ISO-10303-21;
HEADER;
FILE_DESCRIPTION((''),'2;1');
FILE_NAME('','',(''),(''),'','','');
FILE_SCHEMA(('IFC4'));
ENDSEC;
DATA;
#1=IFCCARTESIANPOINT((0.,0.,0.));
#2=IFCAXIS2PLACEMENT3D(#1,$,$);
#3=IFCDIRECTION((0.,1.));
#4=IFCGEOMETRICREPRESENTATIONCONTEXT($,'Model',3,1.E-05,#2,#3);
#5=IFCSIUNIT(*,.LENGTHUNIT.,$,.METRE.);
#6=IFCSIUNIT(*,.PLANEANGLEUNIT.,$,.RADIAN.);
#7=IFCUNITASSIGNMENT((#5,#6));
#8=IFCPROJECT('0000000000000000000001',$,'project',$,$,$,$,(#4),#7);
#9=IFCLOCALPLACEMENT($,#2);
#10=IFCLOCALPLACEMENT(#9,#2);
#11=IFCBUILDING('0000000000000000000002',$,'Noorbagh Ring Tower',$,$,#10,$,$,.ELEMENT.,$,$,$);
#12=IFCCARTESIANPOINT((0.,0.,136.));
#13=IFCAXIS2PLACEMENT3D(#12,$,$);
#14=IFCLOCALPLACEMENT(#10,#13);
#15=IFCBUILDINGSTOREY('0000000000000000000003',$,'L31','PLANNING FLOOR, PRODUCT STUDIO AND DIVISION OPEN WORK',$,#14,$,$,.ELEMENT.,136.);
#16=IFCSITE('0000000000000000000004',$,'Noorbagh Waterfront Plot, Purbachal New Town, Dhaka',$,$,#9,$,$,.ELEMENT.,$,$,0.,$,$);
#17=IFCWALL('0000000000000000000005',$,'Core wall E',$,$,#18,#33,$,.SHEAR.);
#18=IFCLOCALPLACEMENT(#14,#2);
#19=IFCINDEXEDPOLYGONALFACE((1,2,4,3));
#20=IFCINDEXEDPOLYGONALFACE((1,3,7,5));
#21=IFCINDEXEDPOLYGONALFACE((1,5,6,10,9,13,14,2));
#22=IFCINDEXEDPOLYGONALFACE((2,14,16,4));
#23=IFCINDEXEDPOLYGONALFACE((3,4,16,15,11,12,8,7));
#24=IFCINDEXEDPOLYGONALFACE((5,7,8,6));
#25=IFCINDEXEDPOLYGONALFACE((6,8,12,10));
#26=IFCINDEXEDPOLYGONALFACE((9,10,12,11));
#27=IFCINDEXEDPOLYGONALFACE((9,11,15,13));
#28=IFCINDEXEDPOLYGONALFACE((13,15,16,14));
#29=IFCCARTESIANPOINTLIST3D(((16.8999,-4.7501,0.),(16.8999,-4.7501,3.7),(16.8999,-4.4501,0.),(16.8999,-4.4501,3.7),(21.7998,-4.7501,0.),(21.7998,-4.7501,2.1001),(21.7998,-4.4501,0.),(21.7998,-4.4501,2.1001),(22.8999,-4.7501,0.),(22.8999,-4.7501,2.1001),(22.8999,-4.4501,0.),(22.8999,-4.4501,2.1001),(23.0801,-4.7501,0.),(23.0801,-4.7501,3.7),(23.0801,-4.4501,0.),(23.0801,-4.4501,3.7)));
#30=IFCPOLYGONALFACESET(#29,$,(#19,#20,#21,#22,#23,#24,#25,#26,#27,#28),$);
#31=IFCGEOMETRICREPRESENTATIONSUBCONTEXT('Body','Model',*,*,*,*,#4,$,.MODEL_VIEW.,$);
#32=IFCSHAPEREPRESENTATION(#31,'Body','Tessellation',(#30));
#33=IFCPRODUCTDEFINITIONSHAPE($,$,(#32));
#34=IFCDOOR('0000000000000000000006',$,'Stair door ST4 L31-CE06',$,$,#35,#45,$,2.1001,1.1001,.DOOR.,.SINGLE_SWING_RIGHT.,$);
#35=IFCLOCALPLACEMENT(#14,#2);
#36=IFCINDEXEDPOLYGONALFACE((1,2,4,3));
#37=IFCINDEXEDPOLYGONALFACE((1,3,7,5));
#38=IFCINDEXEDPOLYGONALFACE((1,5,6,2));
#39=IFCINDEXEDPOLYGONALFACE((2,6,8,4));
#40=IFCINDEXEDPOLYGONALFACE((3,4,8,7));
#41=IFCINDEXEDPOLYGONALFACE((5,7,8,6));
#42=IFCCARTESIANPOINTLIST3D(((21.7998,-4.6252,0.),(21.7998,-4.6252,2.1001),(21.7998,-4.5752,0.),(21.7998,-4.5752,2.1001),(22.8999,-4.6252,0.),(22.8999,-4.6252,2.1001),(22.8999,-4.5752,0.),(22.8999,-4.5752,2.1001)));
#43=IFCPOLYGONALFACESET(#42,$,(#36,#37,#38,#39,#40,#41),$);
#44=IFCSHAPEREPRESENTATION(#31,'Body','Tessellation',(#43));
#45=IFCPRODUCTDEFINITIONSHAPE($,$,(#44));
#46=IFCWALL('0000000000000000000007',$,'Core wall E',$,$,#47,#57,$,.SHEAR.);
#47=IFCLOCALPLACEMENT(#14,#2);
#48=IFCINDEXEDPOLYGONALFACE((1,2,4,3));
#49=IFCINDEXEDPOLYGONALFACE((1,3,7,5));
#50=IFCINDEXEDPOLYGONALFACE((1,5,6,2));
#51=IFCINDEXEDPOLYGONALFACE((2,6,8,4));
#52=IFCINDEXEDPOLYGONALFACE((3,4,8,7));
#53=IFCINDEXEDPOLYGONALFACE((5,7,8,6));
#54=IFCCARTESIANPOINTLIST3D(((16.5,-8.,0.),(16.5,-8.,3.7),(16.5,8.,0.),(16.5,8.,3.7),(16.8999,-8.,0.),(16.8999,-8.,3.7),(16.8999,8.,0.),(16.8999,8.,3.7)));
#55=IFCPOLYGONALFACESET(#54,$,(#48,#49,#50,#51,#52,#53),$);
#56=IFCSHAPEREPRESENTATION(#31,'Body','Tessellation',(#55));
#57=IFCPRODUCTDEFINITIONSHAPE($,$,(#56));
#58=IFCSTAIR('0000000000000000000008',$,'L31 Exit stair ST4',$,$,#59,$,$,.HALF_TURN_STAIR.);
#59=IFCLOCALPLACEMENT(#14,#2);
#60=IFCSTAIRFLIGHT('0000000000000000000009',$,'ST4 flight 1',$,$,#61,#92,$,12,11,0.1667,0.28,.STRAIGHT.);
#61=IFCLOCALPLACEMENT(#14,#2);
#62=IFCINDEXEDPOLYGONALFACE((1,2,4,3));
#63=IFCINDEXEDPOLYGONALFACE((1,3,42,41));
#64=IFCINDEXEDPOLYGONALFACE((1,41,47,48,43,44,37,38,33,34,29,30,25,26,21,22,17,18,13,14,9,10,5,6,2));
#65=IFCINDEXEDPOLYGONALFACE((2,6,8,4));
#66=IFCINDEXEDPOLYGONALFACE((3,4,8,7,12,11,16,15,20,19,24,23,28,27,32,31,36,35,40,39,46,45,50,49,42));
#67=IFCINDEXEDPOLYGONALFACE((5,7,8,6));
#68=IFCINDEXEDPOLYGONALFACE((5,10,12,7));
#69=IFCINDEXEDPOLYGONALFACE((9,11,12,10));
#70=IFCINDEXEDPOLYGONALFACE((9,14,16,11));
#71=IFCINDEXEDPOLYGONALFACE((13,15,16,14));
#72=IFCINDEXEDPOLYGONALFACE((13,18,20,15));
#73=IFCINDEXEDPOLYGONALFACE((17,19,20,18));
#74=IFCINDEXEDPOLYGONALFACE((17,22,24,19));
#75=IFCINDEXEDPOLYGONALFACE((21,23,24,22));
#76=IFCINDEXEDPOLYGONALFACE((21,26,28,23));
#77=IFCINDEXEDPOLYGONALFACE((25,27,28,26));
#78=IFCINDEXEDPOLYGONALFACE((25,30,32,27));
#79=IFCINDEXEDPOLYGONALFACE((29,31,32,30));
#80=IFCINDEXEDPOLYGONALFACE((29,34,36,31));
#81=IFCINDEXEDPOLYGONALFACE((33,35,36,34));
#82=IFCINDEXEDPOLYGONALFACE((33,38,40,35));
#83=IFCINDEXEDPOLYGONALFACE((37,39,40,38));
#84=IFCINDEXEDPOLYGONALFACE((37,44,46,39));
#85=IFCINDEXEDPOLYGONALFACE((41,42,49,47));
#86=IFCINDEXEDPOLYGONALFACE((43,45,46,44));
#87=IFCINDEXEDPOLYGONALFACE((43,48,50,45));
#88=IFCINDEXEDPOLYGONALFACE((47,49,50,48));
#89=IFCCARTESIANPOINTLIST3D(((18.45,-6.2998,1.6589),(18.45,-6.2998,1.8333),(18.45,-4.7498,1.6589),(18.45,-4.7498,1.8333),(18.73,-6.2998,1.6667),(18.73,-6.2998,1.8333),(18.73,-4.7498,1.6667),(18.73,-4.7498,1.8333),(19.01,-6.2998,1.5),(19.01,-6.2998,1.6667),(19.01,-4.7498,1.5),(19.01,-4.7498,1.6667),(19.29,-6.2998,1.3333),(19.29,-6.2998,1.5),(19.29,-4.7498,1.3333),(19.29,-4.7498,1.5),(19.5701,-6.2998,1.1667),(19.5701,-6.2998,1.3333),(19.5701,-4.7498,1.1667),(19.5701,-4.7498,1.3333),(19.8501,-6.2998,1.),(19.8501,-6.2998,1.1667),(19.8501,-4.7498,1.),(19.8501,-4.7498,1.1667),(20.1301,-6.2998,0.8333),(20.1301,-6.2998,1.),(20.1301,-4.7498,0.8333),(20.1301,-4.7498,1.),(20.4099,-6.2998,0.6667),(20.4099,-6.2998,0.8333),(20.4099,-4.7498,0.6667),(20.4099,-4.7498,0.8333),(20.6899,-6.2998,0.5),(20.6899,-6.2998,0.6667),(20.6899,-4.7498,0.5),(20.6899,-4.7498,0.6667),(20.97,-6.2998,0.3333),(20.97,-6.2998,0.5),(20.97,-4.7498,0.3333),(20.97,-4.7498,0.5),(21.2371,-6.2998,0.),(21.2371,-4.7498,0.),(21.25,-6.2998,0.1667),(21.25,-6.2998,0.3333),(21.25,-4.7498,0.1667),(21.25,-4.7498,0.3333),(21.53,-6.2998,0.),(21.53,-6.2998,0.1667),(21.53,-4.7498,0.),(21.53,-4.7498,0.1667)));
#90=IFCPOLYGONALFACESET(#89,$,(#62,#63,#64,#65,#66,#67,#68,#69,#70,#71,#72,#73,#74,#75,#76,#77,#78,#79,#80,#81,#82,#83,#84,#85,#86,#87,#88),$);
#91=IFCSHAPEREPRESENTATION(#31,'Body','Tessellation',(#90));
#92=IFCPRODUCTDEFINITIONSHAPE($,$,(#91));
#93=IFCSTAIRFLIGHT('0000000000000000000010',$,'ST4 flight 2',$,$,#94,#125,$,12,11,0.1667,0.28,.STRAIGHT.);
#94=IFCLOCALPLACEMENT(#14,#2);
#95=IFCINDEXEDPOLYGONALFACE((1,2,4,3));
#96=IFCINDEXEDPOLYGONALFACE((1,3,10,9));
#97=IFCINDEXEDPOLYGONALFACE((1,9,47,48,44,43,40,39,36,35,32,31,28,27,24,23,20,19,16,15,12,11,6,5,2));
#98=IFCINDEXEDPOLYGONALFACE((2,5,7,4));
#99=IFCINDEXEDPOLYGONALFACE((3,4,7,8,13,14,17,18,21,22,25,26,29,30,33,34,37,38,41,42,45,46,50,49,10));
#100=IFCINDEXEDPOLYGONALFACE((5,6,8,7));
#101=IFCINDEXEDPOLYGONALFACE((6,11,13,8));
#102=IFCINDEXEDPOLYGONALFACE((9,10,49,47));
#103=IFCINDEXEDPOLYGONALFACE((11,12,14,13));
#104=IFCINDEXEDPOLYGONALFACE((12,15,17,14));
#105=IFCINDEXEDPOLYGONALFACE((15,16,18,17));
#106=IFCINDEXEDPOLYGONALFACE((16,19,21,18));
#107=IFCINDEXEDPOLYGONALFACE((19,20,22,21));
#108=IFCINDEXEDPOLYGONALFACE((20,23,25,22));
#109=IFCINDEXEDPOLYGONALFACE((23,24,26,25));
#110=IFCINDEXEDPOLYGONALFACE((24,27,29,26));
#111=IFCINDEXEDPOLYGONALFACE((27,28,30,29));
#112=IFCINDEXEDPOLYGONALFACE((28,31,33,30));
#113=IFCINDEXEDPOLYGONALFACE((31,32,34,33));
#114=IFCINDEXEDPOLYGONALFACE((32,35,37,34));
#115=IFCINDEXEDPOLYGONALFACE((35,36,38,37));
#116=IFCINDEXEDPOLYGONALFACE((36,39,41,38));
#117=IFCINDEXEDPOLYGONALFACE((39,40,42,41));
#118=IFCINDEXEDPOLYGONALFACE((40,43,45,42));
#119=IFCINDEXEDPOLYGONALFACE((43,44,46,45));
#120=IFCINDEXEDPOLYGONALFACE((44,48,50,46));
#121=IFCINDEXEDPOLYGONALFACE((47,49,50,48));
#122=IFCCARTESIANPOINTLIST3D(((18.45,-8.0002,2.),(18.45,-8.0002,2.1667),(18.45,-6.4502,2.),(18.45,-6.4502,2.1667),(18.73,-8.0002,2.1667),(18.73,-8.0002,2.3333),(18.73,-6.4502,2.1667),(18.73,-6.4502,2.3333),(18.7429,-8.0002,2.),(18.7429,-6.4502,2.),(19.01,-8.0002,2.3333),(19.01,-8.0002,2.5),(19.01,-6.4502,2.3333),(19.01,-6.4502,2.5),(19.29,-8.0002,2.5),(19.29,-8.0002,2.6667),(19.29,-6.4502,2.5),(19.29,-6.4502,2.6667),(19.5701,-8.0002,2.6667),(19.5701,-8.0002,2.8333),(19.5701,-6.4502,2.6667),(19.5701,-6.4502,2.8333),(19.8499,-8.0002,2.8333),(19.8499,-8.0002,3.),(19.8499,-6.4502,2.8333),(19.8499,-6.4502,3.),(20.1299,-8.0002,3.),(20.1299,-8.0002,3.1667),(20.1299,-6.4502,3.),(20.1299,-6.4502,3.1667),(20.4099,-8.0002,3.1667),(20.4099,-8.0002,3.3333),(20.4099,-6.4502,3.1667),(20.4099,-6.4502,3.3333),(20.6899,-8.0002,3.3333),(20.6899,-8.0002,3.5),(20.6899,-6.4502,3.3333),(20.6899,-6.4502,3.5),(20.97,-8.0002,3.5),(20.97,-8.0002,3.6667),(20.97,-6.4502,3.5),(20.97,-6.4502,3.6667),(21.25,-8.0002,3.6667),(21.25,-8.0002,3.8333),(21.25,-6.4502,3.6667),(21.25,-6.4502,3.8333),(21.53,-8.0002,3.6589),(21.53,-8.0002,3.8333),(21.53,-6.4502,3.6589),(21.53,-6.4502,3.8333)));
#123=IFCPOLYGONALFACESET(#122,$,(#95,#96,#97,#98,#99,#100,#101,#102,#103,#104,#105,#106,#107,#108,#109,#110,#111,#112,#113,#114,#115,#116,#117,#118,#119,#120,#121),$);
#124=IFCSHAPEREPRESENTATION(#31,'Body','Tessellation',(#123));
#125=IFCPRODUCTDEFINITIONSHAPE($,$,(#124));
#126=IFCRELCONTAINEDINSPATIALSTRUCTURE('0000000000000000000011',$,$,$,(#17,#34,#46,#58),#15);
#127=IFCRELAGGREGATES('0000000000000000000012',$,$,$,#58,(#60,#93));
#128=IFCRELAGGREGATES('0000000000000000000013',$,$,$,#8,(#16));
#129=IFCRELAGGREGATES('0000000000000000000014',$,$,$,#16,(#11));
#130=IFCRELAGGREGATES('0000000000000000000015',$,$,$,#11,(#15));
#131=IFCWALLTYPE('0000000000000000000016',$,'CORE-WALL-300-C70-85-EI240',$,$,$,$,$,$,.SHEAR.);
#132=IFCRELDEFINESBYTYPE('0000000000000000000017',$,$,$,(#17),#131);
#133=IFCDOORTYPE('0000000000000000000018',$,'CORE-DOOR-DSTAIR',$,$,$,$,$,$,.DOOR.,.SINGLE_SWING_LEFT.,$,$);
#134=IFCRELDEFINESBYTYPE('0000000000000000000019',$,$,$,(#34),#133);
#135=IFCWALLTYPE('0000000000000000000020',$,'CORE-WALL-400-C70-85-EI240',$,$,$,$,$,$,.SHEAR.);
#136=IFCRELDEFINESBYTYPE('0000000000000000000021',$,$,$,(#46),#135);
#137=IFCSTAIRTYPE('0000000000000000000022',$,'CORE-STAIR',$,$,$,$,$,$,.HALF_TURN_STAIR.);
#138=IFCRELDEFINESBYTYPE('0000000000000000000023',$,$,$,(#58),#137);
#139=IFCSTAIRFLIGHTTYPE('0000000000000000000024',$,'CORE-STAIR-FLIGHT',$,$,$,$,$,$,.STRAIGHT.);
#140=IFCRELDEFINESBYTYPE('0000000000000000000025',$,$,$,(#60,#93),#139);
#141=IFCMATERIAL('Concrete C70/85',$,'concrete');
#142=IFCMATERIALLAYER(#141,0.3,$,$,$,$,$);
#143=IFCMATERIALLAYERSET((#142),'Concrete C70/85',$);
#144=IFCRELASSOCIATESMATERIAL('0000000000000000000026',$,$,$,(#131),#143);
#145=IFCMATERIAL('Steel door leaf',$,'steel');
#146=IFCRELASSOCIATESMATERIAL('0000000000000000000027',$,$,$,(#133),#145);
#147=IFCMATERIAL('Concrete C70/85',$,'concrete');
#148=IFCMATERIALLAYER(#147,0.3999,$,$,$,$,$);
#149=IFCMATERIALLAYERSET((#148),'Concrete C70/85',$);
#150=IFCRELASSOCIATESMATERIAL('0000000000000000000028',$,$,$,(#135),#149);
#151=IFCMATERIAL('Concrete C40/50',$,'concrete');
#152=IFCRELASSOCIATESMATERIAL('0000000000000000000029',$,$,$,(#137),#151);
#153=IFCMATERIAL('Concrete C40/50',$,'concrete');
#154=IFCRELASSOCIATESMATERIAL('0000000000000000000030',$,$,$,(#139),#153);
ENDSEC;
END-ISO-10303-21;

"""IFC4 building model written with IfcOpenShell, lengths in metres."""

from ifc_helpers import new_model, si_unit, direction, frame, frame_2d, origin, place, context, subcontext, project, spatial, polyline, rectangle, outline, extrude, material, layer, layer_set, type_object, element, fill, aggregate, save


model = new_model("IFC4")

# Units and contexts
model_context = context("Model", 3, precision=1e-05, world=origin(), true_north=direction((0.0, 1.0)))
body_context = subcontext(model_context, "Body", "Model", "MODEL_VIEW")
ifc_project = project(units=[si_unit("LENGTHUNIT", "METRE"), si_unit("PLANEANGLEUNIT", "RADIAN")], contexts=[model_context])

# Site, building, storey
site_placement = place(None, origin())
site = spatial("IfcSite", under=ifc_project, at=site_placement, Name="Noorbagh Waterfront Plot, Purbachal New Town, Dhaka", CompositionType="ELEMENT", RefElevation=0.0)
building_placement = place(site_placement, origin())
building = spatial("IfcBuilding", under=site, at=building_placement, Name="Noorbagh Ring Tower", CompositionType="ELEMENT")
storey_placement = place(building_placement, frame((0.0, 0.0, 136.0)))
storey = spatial("IfcBuildingStorey", under=building, at=storey_placement, Name="L31", Description="PLANNING FLOOR, PRODUCT STUDIO AND DIVISION OPEN WORK", CompositionType="ELEMENT", Elevation=136.0)

# Wall, opening, door
ifc_material_1 = material(Name="Concrete C70/85", Category="concrete")
ifc_layer_1 = layer(ifc_material_1, 0.3)
ifc_layer_set_1 = layer_set([ifc_layer_1], Name="Concrete C70/85")
wall_type_1 = type_object("IfcWallType", Name="CORE-WALL-300-C70-85-EI240", PredefinedType="SHEAR", material=ifc_layer_set_1)
wall_1_placement = place(storey_placement, frame((16.8999, -4.6001, 0.0), z_axis=(0.0, 0.0, 1.0), x_axis=(1.0, 0.0, 0.0)))
wall_1 = element("IfcWall", 1, at=wall_1_placement, inside=storey, type_object=wall_type_1, Name="Core wall E", PredefinedType="SHEAR", context=body_context, shape_type="SweptSolid", body=[
    extrude(rectangle(XDim=6.1802, YDim=0.3, at=frame_2d((3.0901, 0.0))), origin(), (0.0, 0.0, 1.0), 3.7),
])
opening_1_placement = place(wall_1_placement, frame((4.8999, 0.0, 0.0)))
opening_1 = element("IfcOpeningElement", 2, at=opening_1_placement, cuts=wall_1, PredefinedType="OPENING", context=body_context, shape_type="SweptSolid", body=[
    extrude(rectangle(XDim=1.1001, YDim=2.1001, at=frame_2d((0.55, 1.05))), frame((0.0, 0.1602, 0.0), z_axis=(0.0, -1.0, 0.0), x_axis=(1.0, 0.0, 0.0)), (0.0, 0.0, 1.0), 0.3201),
])
ifc_material_2 = material(Name="Steel door leaf", Category="steel")
door_type_1 = type_object("IfcDoorType", Name="CORE-DOOR-DSTAIR", OperationType="SINGLE_SWING_LEFT", PredefinedType="DOOR", material=ifc_material_2)
door_1_placement = place(opening_1_placement, origin())
door_1 = element("IfcDoor", 3, at=door_1_placement, inside=storey, type_object=door_type_1, Name="Stair door ST4 L31-CE06", OperationType="SINGLE_SWING_RIGHT", OverallHeight=2.1001, OverallWidth=1.1001, PredefinedType="DOOR", context=body_context, shape_type="SweptSolid", body=[
    extrude(rectangle(XDim=1.1001, YDim=2.1001, at=frame_2d((0.55, 1.05))), frame((0.0, 0.0249, 0.0), z_axis=(0.0, -1.0, 0.0), x_axis=(1.0, 0.0, 0.0)), (0.0, 0.0, 1.0), 0.05),
])
fill(opening_1, door_1)

# Wall
ifc_material_3 = material(Name="Concrete C70/85", Category="concrete")
ifc_layer_2 = layer(ifc_material_3, 0.3999)
ifc_layer_set_2 = layer_set([ifc_layer_2], Name="Concrete C70/85")
wall_type_2 = type_object("IfcWallType", Name="CORE-WALL-400-C70-85-EI240", PredefinedType="SHEAR", material=ifc_layer_set_2)
wall_2_placement = place(storey_placement, frame((16.7, -8.0, 0.0), z_axis=(0.0, 0.0, 1.0), x_axis=(0.0, 1.0, 0.0)))
element("IfcWall", 4, at=wall_2_placement, inside=storey, type_object=wall_type_2, Name="Core wall E", PredefinedType="SHEAR", context=body_context, shape_type="SweptSolid", body=[
    extrude(rectangle(XDim=16.0, YDim=0.3999, at=frame_2d((8.0, 0.0))), origin(), (0.0, 0.0, 1.0), 3.7),
])

# Stair, stair flights
ifc_material_4 = material(Name="Concrete C40/50", Category="concrete")
stair_type = type_object("IfcStairType", Name="CORE-STAIR", PredefinedType="HALF_TURN_STAIR", material=ifc_material_4)
stair_placement = place(storey_placement, origin())
stair = element("IfcStair", 5, at=stair_placement, inside=storey, type_object=stair_type, Name="L31 Exit stair ST4", PredefinedType="HALF_TURN_STAIR")
ifc_material_5 = material(Name="Concrete C40/50", Category="concrete")
stair_flight_type = type_object("IfcStairFlightType", Name="CORE-STAIR-FLIGHT", PredefinedType="STRAIGHT", material=ifc_material_5)
stair_flight_1_placement = place(storey_placement, frame((21.53, -5.5249, 0.0), z_axis=(0.0, 0.0, 1.0), x_axis=(-1.0, 0.0, 0.0)))
stair_flight_1 = element("IfcStairFlight", 6, at=stair_flight_1_placement, type_object=stair_flight_type, Name="ST4 flight 1", NumberOfRisers=12, NumberOfTreads=11, PredefinedType="STRAIGHT", RiserHeight=0.1667, TreadLength=0.28, context=body_context, shape_type="SweptSolid", body=[
    extrude(outline(polyline([(0.0, 0.0), (0.0, 0.1667), (0.28, 0.1667), (0.28, 0.3333), (0.5601, 0.3333), (0.5601, 0.5), (0.8401, 0.5), (0.8401, 0.6667), (1.1201, 0.6667), (1.1201, 0.8333), (1.3999, 0.8333), (1.3999, 1.0), (1.6799, 1.0), (1.6799, 1.1667), (1.96, 1.1667), (1.96, 1.3333), (2.24, 1.3333), (2.24, 1.5), (2.52, 1.5), (2.52, 1.6667), (2.8, 1.6667), (2.8, 1.8333), (3.0801, 1.8333), (3.0801, 2.0), (3.0801, 1.6589), (0.293, 0.0), (0.0, 0.0)])), frame((0.0, 0.7749, 0.0), z_axis=(0.0, -1.0, 0.0), x_axis=(1.0, 0.0, 0.0)), (0.0, 0.0, 1.0), 1.55),
])
stair_flight_2_placement = place(storey_placement, frame((18.45, -7.2251, 2.0), z_axis=(0.0, 0.0, 1.0), x_axis=(1.0, 0.0, 0.0)))
stair_flight_2 = element("IfcStairFlight", 7, at=stair_flight_2_placement, type_object=stair_flight_type, Name="ST4 flight 2", NumberOfRisers=12, NumberOfTreads=11, PredefinedType="STRAIGHT", RiserHeight=0.1667, TreadLength=0.28, context=body_context, shape_type="SweptSolid", body=[
    extrude(outline(polyline([(0.0, 0.0), (0.0, 0.1667), (0.28, 0.1667), (0.28, 0.3333), (0.5601, 0.3333), (0.5601, 0.5), (0.8401, 0.5), (0.8401, 0.6667), (1.1201, 0.6667), (1.1201, 0.8333), (1.3999, 0.8333), (1.3999, 1.0), (1.6799, 1.0), (1.6799, 1.1667), (1.96, 1.1667), (1.96, 1.3333), (2.24, 1.3333), (2.24, 1.5), (2.52, 1.5), (2.52, 1.6667), (2.8, 1.6667), (2.8, 1.8333), (3.0801, 1.8333), (3.0801, 2.0), (3.0801, 1.6589), (0.293, 0.0), (0.0, 0.0)])), frame((0.0, 0.7749, 0.0), z_axis=(0.0, -1.0, 0.0), x_axis=(1.0, 0.0, 0.0)), (0.0, 0.0, 1.0), 1.55),
])
aggregate(stair, [stair_flight_1, stair_flight_2])

save(model, "model.ifc")
